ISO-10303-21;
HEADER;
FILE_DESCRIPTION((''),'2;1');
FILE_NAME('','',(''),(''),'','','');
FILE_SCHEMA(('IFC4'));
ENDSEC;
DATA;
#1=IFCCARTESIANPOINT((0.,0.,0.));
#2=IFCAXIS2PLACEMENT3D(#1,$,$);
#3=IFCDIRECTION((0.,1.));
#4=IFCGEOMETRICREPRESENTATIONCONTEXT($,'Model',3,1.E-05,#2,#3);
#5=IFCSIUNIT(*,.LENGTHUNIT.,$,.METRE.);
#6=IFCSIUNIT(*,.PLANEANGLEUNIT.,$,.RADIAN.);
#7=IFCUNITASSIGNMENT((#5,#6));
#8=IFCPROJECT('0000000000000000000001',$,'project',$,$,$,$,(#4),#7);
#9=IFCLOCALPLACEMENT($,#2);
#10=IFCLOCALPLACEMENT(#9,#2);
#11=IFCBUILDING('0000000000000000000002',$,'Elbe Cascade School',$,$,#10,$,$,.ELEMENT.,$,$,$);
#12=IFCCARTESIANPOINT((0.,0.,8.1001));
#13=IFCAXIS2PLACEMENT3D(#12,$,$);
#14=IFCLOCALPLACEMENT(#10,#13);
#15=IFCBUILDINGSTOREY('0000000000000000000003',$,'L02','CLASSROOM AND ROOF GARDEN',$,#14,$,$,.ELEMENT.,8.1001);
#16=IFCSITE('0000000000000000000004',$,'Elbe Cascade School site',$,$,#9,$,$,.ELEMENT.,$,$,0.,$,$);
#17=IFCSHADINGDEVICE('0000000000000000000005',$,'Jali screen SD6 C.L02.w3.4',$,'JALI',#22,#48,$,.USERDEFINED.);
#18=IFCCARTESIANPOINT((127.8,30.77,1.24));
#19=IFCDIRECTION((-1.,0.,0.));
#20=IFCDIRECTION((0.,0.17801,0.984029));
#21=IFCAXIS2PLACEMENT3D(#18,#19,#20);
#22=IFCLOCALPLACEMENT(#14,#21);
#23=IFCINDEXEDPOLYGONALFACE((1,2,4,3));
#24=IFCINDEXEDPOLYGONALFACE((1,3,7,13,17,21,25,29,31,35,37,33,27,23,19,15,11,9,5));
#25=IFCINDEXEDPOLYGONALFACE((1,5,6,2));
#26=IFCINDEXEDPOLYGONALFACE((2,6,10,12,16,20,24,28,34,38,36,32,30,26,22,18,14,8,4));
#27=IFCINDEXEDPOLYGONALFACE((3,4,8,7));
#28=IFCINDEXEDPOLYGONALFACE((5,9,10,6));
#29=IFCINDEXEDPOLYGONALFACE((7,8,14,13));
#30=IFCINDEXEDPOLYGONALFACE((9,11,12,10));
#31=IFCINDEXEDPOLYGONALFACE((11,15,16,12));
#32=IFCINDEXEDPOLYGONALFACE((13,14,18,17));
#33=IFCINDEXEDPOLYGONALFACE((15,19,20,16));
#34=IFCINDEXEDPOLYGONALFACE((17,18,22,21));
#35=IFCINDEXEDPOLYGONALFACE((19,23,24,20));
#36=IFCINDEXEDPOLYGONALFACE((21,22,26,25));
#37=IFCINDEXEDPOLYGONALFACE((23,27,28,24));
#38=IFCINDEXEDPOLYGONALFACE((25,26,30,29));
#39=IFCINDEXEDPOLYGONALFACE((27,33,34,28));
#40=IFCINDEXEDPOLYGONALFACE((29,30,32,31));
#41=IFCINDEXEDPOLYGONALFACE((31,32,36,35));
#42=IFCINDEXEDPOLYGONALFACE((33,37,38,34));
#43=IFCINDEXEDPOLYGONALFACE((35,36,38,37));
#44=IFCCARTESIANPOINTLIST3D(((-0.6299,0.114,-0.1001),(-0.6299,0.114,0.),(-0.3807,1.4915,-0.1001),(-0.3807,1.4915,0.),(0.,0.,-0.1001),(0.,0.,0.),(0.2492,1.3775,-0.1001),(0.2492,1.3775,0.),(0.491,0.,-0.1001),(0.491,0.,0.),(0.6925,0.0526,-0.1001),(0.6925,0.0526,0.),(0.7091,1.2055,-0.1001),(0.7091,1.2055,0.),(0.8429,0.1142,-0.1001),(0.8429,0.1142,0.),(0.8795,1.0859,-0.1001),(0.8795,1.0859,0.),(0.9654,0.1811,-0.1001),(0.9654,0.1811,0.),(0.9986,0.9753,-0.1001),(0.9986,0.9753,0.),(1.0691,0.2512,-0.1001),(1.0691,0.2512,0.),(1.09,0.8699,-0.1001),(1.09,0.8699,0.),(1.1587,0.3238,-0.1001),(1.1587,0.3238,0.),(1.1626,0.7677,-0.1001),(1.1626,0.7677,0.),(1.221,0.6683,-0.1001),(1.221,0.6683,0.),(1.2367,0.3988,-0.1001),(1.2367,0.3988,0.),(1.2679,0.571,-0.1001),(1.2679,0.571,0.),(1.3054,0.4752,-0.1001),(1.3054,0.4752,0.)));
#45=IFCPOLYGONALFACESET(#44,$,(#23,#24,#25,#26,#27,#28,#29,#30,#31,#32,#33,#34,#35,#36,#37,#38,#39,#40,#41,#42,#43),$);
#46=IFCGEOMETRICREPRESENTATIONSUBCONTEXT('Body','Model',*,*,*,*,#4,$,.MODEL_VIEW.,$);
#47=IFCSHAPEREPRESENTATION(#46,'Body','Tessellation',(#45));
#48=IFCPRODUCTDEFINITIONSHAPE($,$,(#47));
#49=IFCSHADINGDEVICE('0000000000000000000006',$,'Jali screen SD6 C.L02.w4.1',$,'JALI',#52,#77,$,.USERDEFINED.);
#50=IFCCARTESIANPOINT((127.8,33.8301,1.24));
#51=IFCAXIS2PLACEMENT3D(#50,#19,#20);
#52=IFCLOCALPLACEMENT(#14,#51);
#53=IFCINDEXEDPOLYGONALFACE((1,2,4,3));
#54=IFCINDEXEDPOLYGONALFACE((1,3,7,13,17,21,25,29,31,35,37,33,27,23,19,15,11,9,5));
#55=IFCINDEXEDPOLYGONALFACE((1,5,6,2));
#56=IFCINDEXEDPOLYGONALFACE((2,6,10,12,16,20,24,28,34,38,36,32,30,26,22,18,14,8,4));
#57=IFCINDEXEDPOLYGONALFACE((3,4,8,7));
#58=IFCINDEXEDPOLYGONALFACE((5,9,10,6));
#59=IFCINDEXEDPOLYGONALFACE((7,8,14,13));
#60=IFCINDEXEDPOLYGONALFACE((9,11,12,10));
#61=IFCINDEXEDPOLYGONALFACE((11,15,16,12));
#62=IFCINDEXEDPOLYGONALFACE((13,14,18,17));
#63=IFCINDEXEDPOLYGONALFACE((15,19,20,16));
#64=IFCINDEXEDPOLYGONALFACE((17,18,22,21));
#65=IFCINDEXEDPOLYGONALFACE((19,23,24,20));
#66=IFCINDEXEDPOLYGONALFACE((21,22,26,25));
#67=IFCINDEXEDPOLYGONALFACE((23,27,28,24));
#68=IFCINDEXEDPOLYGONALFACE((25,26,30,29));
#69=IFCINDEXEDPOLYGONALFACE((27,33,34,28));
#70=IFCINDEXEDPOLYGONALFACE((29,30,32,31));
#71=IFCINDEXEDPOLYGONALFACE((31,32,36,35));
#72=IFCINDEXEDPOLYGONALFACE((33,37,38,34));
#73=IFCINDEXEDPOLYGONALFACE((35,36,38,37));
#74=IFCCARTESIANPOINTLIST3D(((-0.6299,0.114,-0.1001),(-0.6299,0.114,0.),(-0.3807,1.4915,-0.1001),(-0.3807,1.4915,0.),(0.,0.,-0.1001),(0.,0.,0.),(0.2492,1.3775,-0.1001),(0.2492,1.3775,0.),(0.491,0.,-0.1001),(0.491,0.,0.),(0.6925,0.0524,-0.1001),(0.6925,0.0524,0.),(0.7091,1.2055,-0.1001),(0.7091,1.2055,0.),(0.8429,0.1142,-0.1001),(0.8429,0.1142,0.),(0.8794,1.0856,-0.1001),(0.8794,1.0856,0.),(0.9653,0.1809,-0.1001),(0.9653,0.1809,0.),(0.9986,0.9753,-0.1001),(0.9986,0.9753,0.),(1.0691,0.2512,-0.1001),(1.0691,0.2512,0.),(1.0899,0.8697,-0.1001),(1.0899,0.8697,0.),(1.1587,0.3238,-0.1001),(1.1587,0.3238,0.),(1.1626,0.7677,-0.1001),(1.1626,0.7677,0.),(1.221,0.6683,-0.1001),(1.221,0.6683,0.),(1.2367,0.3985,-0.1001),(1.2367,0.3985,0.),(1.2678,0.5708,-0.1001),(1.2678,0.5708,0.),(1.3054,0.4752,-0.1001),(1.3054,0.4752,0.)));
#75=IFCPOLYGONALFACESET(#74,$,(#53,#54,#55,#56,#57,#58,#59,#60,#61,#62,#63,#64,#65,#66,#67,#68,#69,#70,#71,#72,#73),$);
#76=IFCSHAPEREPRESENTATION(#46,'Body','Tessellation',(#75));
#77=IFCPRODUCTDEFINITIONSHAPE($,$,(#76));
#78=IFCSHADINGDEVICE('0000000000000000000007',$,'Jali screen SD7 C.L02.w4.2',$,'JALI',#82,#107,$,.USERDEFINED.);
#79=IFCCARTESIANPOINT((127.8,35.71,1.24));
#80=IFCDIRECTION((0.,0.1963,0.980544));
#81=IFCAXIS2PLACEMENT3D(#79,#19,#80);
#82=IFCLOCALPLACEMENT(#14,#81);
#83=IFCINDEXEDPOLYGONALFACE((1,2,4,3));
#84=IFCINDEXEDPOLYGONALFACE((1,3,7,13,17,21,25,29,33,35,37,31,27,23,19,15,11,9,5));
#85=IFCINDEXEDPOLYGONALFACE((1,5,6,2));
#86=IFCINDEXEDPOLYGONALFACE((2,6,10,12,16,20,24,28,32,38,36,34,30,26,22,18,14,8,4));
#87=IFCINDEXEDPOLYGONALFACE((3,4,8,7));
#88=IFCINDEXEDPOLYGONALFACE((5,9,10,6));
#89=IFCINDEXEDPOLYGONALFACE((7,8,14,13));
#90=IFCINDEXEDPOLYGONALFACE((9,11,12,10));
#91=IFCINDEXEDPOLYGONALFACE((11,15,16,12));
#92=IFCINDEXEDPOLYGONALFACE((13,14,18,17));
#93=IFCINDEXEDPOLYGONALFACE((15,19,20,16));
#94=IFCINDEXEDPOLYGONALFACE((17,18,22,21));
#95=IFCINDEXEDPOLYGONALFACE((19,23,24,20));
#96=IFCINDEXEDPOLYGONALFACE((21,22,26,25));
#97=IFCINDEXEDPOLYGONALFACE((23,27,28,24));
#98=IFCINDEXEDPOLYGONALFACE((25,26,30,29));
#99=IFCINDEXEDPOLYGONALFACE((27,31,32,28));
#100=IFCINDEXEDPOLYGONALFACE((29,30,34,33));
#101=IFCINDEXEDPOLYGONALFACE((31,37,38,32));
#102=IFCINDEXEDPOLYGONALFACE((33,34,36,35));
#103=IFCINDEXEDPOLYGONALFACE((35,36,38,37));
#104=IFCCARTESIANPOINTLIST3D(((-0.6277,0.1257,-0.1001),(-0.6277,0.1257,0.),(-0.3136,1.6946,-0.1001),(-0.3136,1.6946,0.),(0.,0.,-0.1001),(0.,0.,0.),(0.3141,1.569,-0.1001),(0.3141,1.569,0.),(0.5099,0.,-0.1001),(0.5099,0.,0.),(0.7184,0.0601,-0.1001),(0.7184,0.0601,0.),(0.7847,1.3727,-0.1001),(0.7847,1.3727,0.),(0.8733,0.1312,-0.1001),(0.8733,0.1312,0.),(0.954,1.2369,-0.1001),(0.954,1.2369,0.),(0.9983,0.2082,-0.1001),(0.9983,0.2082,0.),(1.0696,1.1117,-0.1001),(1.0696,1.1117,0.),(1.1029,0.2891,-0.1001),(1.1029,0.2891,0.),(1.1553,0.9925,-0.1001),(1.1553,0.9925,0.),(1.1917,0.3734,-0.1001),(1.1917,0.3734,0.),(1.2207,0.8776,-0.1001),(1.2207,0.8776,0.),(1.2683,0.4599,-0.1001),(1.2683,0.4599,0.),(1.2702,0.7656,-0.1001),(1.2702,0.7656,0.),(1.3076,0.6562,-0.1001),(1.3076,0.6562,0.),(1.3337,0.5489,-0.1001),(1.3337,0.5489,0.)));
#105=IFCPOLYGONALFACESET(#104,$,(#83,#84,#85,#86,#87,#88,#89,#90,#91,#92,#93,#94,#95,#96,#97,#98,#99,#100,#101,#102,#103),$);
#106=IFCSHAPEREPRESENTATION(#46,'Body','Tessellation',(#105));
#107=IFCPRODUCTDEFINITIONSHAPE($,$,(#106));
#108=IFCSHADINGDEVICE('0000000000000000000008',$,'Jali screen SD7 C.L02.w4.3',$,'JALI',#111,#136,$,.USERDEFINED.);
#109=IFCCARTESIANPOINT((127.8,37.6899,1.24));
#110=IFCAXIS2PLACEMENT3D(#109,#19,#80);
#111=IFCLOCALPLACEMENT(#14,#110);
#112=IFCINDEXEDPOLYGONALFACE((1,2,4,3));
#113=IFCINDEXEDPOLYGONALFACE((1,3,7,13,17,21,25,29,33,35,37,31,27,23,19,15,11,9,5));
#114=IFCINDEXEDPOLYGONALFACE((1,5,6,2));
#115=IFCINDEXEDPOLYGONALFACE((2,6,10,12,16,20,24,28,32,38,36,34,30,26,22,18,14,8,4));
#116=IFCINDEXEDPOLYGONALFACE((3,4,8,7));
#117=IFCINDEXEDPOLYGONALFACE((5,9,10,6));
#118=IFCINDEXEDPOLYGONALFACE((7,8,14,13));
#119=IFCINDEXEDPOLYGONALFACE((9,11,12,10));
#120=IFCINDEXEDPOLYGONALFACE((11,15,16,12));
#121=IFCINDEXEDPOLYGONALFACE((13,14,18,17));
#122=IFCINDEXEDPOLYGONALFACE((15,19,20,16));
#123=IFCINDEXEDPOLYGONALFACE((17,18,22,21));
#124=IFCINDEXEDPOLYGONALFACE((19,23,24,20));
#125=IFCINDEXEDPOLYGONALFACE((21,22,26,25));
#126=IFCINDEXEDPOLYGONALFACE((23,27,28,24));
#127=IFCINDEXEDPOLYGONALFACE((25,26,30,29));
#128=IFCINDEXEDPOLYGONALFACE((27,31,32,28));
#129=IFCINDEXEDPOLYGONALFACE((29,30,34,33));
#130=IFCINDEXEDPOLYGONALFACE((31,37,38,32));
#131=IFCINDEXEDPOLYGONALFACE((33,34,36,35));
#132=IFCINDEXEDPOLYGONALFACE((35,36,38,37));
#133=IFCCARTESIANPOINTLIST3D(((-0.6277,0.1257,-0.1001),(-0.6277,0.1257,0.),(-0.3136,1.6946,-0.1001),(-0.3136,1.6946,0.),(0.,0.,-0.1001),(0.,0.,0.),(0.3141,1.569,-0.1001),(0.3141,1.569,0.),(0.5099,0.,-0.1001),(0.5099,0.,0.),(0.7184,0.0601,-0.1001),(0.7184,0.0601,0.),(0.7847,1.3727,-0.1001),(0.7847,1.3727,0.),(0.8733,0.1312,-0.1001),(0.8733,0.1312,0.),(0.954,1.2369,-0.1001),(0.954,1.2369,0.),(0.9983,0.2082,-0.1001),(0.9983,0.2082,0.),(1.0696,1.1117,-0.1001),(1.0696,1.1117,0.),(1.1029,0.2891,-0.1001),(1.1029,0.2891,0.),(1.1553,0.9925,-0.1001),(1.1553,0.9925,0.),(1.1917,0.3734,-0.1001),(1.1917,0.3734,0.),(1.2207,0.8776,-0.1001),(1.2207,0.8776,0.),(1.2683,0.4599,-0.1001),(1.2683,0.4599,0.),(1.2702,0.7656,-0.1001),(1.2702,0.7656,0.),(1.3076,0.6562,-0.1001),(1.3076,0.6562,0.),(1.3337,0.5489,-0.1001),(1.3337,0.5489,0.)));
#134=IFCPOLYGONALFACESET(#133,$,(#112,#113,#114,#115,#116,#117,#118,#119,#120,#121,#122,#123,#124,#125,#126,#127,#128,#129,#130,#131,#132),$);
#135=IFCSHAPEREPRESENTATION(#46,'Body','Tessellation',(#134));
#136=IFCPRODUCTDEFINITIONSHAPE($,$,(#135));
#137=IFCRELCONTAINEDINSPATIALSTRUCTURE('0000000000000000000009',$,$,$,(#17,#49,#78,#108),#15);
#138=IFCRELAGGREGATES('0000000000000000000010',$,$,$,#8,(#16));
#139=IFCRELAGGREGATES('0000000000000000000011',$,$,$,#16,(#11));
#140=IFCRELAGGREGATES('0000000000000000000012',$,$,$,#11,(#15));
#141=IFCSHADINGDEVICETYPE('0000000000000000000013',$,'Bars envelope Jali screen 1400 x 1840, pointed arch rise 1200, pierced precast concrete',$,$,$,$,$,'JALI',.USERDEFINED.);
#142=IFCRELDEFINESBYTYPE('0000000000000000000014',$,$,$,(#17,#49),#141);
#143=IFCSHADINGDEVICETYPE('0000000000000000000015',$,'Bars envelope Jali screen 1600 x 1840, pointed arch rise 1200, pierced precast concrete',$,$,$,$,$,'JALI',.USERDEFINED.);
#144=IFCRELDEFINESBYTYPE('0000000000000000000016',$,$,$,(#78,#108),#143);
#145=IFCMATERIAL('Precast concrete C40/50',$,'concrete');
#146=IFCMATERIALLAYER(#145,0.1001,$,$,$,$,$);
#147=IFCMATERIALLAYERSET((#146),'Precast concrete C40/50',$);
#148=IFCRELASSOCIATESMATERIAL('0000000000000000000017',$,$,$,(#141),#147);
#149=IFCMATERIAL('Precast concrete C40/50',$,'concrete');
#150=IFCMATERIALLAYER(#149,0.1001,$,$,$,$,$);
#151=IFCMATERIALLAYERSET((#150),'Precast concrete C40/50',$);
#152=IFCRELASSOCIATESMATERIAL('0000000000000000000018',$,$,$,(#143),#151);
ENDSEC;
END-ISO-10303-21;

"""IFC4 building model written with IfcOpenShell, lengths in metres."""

from ifc_helpers import new_model, si_unit, direction, frame, origin, place, context, subcontext, project, spatial, polyline, outline, extrude, material, layer, layer_set, type_object, element, save


model = new_model("IFC4")

# Units and contexts
model_context = context("Model", 3, precision=1e-05, world=origin(), true_north=direction((0.0, 1.0)))
body_context = subcontext(model_context, "Body", "Model", "MODEL_VIEW")
ifc_project = project(units=[si_unit("LENGTHUNIT", "METRE"), si_unit("PLANEANGLEUNIT", "RADIAN")], contexts=[model_context])

# Site, building, storey
site_placement = place(None, origin())
site = spatial("IfcSite", under=ifc_project, at=site_placement, Name="Elbe Cascade School site", CompositionType="ELEMENT", RefElevation=0.0)
building_placement = place(site_placement, origin())
building = spatial("IfcBuilding", under=site, at=building_placement, Name="Elbe Cascade School", CompositionType="ELEMENT")
storey_placement = place(building_placement, frame((0.0, 0.0, 8.1001)))
storey = spatial("IfcBuildingStorey", under=building, at=storey_placement, Name="L02", Description="CLASSROOM AND ROOF GARDEN", CompositionType="ELEMENT", Elevation=8.1001)

# Shading devices
ifc_material_1 = material(Name="Precast concrete C40/50", Category="concrete")
ifc_layer_1 = layer(ifc_material_1, 0.1001)
ifc_layer_set_1 = layer_set([ifc_layer_1], Name="Precast concrete C40/50")
shading_device_type_1 = type_object("IfcShadingDeviceType", Name="Bars envelope Jali screen 1400 x 1840, pointed arch rise 1200, pierced precast concrete", ElementType="JALI", PredefinedType="USERDEFINED", material=ifc_layer_set_1)
shading_device_1_placement = place(storey_placement, frame((127.8, 30.77, 1.24), z_axis=(-1.0, 0.0, 0.0), x_axis=(0.0, 0.17801, 0.984029)))
element("IfcShadingDevice", 1, at=shading_device_1_placement, inside=storey, type_object=shading_device_type_1, Name="Jali screen SD6 C.L02.w3.4", ObjectType="JALI", PredefinedType="USERDEFINED", context=body_context, shape_type="SweptSolid", body=[
    extrude(outline(polyline([(0.0, 0.0), (0.491, 0.0), (0.6925, 0.0526), (0.8429, 0.1142), (0.9654, 0.1811), (1.0691, 0.2512), (1.1587, 0.3238), (1.2367, 0.3988), (1.3054, 0.4752), (1.2679, 0.571), (1.221, 0.6683), (1.1626, 0.7677), (1.09, 0.8699), (0.9986, 0.9753), (0.8795, 1.0859), (0.7091, 1.2055), (0.2492, 1.3775), (-0.3807, 1.4915), (-0.6299, 0.114), (0.0, 0.0)])), origin(), (0.0, 0.0, -1.0), 0.1001),
])
shading_device_2_placement = place(storey_placement, frame((127.8, 33.8301, 1.24), z_axis=(-1.0, 0.0, 0.0), x_axis=(0.0, 0.17801, 0.984029)))
element("IfcShadingDevice", 2, at=shading_device_2_placement, inside=storey, type_object=shading_device_type_1, Name="Jali screen SD6 C.L02.w4.1", ObjectType="JALI", PredefinedType="USERDEFINED", context=body_context, shape_type="SweptSolid", body=[
    extrude(outline(polyline([(0.0, 0.0), (0.491, 0.0), (0.6925, 0.0524), (0.8429, 0.1142), (0.9653, 0.1809), (1.0691, 0.2512), (1.1587, 0.3238), (1.2367, 0.3985), (1.3054, 0.4752), (1.2678, 0.5708), (1.221, 0.6683), (1.1626, 0.7677), (1.0899, 0.8697), (0.9986, 0.9753), (0.8794, 1.0856), (0.7091, 1.2055), (0.2492, 1.3775), (-0.3807, 1.4915), (-0.6299, 0.114), (0.0, 0.0)])), origin(), (0.0, 0.0, -1.0), 0.1001),
])
ifc_material_2 = material(Name="Precast concrete C40/50", Category="concrete")
ifc_layer_2 = layer(ifc_material_2, 0.1001)
ifc_layer_set_2 = layer_set([ifc_layer_2], Name="Precast concrete C40/50")
shading_device_type_2 = type_object("IfcShadingDeviceType", Name="Bars envelope Jali screen 1600 x 1840, pointed arch rise 1200, pierced precast concrete", ElementType="JALI", PredefinedType="USERDEFINED", material=ifc_layer_set_2)
for number, where, z_axis, x_axis, name in (
    (3, (127.8, 35.71, 1.24), (-1.0, 0.0, 0.0), (0.0, 0.1963, 0.980544), "Jali screen SD7 C.L02.w4.2"),
    (4, (127.8, 37.6899, 1.24), (-1.0, 0.0, 0.0), (0.0, 0.1963, 0.980544), "Jali screen SD7 C.L02.w4.3"),
):
    element("IfcShadingDevice", number, at=place(storey_placement, frame(where, z_axis=z_axis, x_axis=x_axis)), inside=storey, type_object=shading_device_type_2, Name=name, ObjectType="JALI", PredefinedType="USERDEFINED", context=body_context, shape_type="SweptSolid", body=[
        extrude(outline(polyline([(0.0, 0.0), (0.5099, 0.0), (0.7184, 0.0601), (0.8733, 0.1312), (0.9983, 0.2082), (1.1029, 0.2891), (1.1917, 0.3734), (1.2683, 0.4599), (1.3337, 0.5489), (1.3076, 0.6562), (1.2702, 0.7656), (1.2207, 0.8776), (1.1553, 0.9925), (1.0696, 1.1117), (0.954, 1.2369), (0.7847, 1.3727), (0.3141, 1.569), (-0.3136, 1.6946), (-0.6277, 0.1257), (0.0, 0.0)])), origin(), (0.0, 0.0, -1.0), 0.1001),
    ])

save(model, "model.ifc")
